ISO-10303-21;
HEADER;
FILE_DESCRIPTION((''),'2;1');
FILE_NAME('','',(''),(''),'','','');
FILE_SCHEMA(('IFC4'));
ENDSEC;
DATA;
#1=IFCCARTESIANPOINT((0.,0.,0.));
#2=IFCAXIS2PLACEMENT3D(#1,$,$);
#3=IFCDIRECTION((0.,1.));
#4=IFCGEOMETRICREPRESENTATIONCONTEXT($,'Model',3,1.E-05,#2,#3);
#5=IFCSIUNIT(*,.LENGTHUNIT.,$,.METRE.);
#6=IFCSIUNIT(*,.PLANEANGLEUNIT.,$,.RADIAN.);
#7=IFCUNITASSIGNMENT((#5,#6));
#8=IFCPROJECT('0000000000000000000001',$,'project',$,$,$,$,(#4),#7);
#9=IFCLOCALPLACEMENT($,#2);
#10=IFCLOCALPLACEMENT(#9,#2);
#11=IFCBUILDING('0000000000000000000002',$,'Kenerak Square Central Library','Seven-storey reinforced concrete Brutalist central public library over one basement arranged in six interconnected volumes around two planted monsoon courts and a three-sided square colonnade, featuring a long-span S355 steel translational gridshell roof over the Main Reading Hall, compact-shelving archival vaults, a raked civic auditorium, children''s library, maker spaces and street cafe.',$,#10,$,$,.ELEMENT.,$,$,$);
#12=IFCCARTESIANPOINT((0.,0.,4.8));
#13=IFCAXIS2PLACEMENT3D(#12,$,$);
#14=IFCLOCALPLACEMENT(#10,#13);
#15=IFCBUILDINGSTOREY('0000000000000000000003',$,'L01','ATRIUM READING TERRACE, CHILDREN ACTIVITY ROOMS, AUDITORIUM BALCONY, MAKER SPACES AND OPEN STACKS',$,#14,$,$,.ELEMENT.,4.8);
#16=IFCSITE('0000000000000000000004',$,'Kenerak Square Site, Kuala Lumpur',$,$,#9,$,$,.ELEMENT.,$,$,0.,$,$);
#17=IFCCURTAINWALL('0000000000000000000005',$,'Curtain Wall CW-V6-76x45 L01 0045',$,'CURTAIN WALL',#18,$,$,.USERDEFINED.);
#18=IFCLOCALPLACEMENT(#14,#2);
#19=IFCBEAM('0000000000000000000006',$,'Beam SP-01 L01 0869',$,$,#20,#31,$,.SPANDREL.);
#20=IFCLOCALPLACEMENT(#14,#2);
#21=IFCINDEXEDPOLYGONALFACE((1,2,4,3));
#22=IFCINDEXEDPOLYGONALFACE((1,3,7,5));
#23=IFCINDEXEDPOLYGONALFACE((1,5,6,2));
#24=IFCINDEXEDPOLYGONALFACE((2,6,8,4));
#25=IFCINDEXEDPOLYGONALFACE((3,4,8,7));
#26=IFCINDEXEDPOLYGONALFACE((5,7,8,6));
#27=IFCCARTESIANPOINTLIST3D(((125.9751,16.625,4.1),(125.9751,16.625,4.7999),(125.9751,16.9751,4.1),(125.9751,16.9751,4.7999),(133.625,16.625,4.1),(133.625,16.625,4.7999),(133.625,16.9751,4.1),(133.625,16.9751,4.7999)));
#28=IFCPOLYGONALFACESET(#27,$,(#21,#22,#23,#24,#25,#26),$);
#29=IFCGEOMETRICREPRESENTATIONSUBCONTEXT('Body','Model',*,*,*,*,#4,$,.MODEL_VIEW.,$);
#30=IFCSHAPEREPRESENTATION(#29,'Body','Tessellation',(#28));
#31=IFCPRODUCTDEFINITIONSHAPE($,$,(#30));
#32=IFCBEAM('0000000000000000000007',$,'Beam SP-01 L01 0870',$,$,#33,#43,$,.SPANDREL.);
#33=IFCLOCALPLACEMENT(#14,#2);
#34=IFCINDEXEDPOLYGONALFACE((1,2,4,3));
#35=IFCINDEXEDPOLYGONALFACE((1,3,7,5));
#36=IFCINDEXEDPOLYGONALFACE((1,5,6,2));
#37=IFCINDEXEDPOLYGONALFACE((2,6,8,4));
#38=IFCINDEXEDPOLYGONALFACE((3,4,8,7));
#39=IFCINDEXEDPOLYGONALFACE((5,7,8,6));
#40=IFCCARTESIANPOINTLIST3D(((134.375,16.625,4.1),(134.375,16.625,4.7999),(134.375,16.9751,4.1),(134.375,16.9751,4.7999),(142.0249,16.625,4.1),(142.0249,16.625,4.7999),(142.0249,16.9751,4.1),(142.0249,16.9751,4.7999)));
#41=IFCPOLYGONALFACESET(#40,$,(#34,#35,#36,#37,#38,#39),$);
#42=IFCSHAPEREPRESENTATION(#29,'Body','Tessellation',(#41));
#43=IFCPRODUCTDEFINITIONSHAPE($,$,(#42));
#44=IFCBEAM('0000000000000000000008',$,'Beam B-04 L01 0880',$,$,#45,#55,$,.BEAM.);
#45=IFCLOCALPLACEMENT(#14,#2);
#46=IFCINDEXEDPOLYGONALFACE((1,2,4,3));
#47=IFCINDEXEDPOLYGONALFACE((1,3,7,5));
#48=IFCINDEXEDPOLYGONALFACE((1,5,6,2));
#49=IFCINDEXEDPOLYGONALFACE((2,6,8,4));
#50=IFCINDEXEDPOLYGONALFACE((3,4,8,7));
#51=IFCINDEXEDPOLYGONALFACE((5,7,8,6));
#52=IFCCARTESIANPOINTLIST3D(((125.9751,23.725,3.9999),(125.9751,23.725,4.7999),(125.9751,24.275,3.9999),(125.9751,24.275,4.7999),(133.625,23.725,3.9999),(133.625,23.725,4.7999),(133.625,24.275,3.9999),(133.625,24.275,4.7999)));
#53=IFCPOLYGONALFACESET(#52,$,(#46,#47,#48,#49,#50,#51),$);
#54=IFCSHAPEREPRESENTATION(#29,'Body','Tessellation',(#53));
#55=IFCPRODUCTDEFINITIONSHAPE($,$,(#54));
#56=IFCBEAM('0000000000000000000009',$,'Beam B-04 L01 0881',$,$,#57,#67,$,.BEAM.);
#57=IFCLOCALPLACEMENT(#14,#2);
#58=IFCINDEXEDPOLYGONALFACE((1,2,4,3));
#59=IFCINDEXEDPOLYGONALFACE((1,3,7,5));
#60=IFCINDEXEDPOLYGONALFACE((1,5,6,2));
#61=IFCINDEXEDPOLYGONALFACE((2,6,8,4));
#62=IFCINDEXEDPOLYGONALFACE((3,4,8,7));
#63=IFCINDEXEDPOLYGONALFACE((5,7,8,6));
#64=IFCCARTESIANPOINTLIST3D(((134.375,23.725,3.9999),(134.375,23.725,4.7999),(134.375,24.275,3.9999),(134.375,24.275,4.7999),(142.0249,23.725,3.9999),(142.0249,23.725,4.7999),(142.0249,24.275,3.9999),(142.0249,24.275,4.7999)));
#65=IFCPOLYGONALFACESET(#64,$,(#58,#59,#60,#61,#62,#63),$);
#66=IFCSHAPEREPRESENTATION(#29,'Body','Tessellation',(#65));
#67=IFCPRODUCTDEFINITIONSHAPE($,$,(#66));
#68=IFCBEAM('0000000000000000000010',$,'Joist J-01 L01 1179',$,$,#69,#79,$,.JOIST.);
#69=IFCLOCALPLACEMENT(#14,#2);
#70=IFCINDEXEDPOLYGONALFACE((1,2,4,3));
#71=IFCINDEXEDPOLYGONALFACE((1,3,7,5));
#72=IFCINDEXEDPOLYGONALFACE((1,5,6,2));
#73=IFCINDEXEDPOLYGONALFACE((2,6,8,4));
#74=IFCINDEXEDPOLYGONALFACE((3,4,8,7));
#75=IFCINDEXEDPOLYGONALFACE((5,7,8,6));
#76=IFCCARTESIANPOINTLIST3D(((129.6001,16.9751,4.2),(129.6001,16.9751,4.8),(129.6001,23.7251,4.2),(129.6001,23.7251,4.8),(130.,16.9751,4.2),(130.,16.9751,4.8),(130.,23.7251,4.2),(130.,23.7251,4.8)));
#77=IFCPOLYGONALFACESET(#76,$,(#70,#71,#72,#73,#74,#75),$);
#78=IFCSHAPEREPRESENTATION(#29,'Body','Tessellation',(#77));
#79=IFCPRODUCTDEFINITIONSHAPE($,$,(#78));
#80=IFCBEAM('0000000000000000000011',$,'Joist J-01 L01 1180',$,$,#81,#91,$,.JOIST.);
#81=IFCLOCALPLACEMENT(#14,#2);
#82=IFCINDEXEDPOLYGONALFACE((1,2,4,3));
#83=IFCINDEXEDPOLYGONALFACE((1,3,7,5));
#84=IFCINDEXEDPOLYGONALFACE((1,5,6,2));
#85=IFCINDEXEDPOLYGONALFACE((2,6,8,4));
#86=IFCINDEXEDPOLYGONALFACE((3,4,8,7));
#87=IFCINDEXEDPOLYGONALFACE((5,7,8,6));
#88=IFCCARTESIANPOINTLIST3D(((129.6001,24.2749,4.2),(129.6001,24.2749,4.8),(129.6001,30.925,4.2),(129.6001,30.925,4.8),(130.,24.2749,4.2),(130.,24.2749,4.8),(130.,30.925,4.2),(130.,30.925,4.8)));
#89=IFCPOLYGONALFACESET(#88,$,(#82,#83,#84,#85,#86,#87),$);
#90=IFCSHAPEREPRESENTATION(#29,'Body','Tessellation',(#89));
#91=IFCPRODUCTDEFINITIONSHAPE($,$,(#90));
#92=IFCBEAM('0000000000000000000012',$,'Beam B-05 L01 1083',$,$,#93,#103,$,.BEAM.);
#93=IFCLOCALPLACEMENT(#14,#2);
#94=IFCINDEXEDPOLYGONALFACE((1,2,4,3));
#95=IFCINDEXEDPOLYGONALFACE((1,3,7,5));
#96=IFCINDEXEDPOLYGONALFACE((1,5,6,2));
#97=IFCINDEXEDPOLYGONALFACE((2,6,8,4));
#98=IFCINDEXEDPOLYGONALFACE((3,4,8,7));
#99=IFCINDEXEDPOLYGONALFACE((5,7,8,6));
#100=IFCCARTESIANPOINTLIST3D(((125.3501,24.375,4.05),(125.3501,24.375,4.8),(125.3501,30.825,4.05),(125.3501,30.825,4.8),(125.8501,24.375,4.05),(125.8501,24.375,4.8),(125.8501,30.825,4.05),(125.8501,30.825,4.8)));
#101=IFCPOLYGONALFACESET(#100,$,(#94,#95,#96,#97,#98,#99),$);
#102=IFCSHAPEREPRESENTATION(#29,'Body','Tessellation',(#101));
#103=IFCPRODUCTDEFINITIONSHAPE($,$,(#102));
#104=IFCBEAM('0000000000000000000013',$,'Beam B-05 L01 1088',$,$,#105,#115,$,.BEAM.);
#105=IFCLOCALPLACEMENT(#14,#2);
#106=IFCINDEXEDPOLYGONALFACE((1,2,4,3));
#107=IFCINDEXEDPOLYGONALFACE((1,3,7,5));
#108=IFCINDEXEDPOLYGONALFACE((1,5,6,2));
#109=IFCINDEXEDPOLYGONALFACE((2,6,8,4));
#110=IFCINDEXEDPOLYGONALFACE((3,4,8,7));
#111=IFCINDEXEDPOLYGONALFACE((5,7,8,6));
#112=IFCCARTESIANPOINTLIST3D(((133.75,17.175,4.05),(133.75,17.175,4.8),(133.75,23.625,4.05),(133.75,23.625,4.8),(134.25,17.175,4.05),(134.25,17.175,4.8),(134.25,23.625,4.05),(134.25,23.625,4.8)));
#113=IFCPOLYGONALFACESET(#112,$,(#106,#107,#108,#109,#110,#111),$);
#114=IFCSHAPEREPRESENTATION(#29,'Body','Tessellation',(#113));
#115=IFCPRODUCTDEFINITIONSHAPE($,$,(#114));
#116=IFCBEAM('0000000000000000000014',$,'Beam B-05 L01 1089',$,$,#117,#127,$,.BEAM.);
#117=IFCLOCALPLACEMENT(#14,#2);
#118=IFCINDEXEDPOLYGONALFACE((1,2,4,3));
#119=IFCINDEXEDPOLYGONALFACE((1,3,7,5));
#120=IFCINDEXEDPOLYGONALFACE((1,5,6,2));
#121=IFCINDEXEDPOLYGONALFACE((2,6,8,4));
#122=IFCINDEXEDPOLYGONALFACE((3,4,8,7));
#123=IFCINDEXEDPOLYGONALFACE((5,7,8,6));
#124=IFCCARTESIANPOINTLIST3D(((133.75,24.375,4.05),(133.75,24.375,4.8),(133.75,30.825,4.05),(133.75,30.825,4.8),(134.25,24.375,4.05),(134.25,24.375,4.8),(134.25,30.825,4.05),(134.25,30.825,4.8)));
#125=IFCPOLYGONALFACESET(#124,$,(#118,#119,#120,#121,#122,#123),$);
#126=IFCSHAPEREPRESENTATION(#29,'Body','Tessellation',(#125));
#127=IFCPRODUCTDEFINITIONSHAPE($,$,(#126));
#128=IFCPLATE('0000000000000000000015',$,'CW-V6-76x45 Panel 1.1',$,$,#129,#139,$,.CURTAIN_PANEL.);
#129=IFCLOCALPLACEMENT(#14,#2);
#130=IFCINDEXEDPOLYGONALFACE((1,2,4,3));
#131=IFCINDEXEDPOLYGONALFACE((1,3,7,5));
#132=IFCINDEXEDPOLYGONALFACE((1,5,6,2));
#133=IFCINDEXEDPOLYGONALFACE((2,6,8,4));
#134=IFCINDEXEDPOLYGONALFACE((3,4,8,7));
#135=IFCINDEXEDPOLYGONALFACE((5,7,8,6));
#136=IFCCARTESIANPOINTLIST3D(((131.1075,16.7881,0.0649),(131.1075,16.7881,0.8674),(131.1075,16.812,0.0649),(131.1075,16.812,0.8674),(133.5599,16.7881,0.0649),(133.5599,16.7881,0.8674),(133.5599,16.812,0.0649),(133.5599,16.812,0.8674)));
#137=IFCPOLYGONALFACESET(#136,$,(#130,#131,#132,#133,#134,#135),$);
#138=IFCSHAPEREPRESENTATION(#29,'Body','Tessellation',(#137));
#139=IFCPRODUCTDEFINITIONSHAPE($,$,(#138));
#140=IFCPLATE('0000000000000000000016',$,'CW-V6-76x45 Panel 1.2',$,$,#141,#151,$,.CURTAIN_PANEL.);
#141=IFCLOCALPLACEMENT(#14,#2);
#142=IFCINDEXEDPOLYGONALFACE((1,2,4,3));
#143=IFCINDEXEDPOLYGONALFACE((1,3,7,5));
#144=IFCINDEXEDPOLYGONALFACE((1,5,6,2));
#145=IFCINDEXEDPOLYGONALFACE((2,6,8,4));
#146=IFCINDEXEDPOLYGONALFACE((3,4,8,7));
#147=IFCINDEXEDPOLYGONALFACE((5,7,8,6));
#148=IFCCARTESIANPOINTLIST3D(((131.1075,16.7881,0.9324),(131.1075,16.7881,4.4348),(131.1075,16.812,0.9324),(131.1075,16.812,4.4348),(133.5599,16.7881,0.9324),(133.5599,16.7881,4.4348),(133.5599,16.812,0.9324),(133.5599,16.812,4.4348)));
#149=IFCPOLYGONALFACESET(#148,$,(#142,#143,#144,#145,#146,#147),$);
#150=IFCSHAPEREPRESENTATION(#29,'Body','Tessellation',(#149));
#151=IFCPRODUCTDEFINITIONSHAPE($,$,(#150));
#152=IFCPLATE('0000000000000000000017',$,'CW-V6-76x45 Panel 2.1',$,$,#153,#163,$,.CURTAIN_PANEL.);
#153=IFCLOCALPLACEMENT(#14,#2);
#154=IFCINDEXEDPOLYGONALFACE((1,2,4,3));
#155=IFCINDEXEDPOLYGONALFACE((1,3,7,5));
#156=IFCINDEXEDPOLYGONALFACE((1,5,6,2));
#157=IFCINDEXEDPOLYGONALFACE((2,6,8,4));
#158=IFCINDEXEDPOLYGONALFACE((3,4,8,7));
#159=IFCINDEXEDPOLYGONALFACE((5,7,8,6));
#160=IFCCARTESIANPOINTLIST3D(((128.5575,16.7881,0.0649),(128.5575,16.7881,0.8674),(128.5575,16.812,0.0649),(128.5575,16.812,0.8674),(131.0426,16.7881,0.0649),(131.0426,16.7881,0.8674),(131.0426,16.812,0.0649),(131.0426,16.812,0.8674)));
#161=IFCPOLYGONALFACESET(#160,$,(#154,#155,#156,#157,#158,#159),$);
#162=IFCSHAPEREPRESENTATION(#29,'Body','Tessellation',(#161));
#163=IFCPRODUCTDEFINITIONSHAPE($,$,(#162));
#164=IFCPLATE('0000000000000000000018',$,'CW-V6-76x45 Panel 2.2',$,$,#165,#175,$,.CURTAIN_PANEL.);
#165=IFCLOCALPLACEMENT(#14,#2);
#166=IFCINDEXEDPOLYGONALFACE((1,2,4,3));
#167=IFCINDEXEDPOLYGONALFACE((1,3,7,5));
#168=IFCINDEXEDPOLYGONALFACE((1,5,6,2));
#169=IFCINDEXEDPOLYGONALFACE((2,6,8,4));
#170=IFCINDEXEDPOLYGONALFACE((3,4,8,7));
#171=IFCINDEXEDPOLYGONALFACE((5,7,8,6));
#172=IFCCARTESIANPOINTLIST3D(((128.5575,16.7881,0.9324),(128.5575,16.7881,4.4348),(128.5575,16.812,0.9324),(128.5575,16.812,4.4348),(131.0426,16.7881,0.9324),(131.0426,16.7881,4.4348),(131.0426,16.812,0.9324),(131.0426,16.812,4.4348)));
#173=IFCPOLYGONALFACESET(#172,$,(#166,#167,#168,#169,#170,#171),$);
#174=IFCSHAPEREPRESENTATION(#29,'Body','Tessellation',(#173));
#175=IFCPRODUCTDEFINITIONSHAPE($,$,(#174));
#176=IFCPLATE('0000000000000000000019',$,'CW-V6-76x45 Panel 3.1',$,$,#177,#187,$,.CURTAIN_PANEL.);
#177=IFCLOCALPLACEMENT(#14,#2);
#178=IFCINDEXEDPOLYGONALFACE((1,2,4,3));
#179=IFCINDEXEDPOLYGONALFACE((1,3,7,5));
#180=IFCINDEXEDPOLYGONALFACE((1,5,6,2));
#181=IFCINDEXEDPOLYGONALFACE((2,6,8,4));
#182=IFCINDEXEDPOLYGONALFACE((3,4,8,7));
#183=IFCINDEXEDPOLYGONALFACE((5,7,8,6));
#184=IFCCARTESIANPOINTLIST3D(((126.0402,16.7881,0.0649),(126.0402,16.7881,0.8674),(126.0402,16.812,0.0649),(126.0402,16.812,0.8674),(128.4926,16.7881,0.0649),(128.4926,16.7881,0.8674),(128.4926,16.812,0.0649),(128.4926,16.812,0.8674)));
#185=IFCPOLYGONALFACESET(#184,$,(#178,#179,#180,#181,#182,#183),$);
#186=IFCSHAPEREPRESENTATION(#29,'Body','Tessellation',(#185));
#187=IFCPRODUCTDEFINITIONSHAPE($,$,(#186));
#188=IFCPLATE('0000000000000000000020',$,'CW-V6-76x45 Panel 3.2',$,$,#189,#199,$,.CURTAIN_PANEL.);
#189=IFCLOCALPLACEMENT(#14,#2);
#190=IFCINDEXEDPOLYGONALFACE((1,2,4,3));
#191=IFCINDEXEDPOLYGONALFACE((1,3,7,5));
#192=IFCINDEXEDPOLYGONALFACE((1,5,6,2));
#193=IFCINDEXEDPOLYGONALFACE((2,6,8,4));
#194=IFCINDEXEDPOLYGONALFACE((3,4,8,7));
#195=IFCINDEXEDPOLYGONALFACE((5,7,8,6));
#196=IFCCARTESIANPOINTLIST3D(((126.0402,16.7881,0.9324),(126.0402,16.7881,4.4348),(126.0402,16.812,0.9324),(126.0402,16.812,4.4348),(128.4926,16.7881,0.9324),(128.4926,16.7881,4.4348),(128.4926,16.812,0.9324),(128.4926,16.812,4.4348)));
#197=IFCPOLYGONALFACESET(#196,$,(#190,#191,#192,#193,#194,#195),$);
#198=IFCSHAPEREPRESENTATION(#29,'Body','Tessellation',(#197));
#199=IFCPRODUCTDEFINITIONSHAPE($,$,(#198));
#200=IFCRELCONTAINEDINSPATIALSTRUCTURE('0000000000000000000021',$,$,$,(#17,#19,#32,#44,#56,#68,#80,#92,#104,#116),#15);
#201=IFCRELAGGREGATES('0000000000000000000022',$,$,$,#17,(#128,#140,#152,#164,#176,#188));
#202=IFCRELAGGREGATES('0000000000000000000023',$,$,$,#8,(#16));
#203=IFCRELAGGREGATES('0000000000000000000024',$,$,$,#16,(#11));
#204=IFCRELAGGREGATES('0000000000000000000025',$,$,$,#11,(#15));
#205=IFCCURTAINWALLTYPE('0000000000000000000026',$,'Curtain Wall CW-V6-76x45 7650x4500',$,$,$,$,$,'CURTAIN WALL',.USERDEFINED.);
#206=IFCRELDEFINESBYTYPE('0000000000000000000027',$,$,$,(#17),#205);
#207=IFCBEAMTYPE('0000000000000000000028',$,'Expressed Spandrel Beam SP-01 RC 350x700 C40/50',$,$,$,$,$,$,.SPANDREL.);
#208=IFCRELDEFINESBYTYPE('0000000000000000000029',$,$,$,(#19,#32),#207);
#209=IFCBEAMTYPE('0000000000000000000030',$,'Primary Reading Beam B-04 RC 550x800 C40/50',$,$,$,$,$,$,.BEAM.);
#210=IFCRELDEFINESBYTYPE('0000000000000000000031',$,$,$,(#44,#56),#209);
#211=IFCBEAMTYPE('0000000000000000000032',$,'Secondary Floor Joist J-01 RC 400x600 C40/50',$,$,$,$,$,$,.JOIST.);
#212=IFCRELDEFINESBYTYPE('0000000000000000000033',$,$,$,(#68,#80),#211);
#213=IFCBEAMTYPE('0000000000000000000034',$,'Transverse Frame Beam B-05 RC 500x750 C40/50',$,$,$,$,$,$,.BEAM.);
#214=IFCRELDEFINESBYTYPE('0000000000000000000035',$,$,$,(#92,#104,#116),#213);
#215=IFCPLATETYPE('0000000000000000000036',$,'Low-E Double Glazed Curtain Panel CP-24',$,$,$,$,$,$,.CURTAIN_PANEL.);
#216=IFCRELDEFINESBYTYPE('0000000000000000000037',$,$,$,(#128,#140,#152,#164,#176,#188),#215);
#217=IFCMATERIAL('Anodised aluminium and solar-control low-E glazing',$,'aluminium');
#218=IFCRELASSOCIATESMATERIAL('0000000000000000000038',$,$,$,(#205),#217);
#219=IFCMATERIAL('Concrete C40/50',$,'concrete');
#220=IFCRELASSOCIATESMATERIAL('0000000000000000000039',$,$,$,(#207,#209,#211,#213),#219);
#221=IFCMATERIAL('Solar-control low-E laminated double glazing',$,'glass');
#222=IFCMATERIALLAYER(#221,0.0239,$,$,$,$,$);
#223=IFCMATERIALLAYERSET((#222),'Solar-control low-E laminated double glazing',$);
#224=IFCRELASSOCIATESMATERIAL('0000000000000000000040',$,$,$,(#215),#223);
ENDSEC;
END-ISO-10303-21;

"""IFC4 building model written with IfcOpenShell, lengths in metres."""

from ifc_helpers import new_model, si_unit, direction, frame, origin, origin_2d, place, context, subcontext, project, spatial, rectangle, extrude, material, layer, layer_set, material_profile, profile_set, type_object, element, aggregate, save


model = new_model("IFC4")

# Units and contexts
model_context = context("Model", 3, precision=1e-05, world=origin(), true_north=direction((0.0, 1.0)))
body_context = subcontext(model_context, "Body", "Model", "MODEL_VIEW")
ifc_project = project(units=[si_unit("LENGTHUNIT", "METRE"), si_unit("PLANEANGLEUNIT", "RADIAN")], contexts=[model_context])

# Site, building, storey
site_placement = place(None, origin())
site = spatial("IfcSite", under=ifc_project, at=site_placement, Name="Kenerak Square Site, Kuala Lumpur", CompositionType="ELEMENT", RefElevation=0.0)
building_placement = place(site_placement, origin())
building = spatial("IfcBuilding", under=site, at=building_placement, Name="Kenerak Square Central Library", Description="Seven-storey reinforced concrete Brutalist central public library over one basement arranged in six interconnected volumes around two planted monsoon courts and a three-sided square colonnade, featuring a long-span S355 steel translational gridshell roof over the Main Reading Hall, compact-shelving archival vaults, a raked civic auditorium, children's library, maker spaces and street cafe.", CompositionType="ELEMENT")
storey_placement = place(building_placement, frame((0.0, 0.0, 4.8)))
storey = spatial("IfcBuildingStorey", under=building, at=storey_placement, Name="L01", Description="ATRIUM READING TERRACE, CHILDREN ACTIVITY ROOMS, AUDITORIUM BALCONY, MAKER SPACES AND OPEN STACKS", CompositionType="ELEMENT", Elevation=4.8)

# Shared definitions
ifc_material_1 = material(Name="Concrete C40/50", Category="concrete")

# Curtain wall
ifc_material_2 = material(Name="Anodised aluminium and solar-control low-E glazing", Category="aluminium")
curtain_wall_type = type_object("IfcCurtainWallType", Name="Curtain Wall CW-V6-76x45 7650x4500", ElementType="CURTAIN WALL", PredefinedType="USERDEFINED", material=ifc_material_2)
curtain_wall_placement = place(storey_placement, origin())
curtain_wall = element("IfcCurtainWall", 1, at=curtain_wall_placement, inside=storey, type_object=curtain_wall_type, Name="Curtain Wall CW-V6-76x45 L01 0045", ObjectType="CURTAIN WALL", PredefinedType="USERDEFINED")

# Beams
ifc_material_profile_1 = material_profile(ifc_material_1, rectangle(XDim=0.3501, YDim=0.7, at=origin_2d()), Name="RC 350x700")
ifc_profile_set_1 = profile_set([ifc_material_profile_1], Name="Concrete C40/50")
beam_type_1 = type_object("IfcBeamType", Name="Expressed Spandrel Beam SP-01 RC 350x700 C40/50", PredefinedType="SPANDREL", material=ifc_profile_set_1)
for number, where, z_axis, x_axis, name in (
    (2, (125.9751, 16.8, 4.45), (1.0, 0.0, 0.0), (0.0, 1.0, 0.0), "Beam SP-01 L01 0869"),
    (3, (134.375, 16.8, 4.45), (1.0, 0.0, 0.0), (0.0, 1.0, 0.0), "Beam SP-01 L01 0870"),
):
    element("IfcBeam", number, at=place(storey_placement, frame(where, z_axis=z_axis, x_axis=x_axis)), inside=storey, type_object=beam_type_1, Name=name, PredefinedType="SPANDREL", context=body_context, shape_type="SweptSolid", body=[
        extrude(rectangle(XDim=0.3501, YDim=0.7, at=origin_2d()), origin(), (0.0, 0.0, 1.0), 7.6499),
    ])
ifc_material_profile_2 = material_profile(ifc_material_1, rectangle(XDim=0.55, YDim=0.8, at=origin_2d()), Name="RC 550x800")
ifc_profile_set_2 = profile_set([ifc_material_profile_2], Name="Concrete C40/50")
beam_type_2 = type_object("IfcBeamType", Name="Primary Reading Beam B-04 RC 550x800 C40/50", PredefinedType="BEAM", material=ifc_profile_set_2)
for number, where, z_axis, x_axis, name in (
    (4, (125.9751, 24.0, 4.3999), (1.0, 0.0, 0.0), (0.0, 1.0, 0.0), "Beam B-04 L01 0880"),
    (5, (134.375, 24.0, 4.3999), (1.0, 0.0, 0.0), (0.0, 1.0, 0.0), "Beam B-04 L01 0881"),
):
    element("IfcBeam", number, at=place(storey_placement, frame(where, z_axis=z_axis, x_axis=x_axis)), inside=storey, type_object=beam_type_2, Name=name, PredefinedType="BEAM", context=body_context, shape_type="SweptSolid", body=[
        extrude(rectangle(XDim=0.55, YDim=0.8, at=origin_2d()), origin(), (0.0, 0.0, 1.0), 7.6499),
    ])
ifc_material_profile_3 = material_profile(ifc_material_1, rectangle(XDim=0.3999, YDim=0.6001, at=origin_2d()), Name="RC 400x600")
ifc_profile_set_3 = profile_set([ifc_material_profile_3], Name="Concrete C40/50")
beam_type_3 = type_object("IfcBeamType", Name="Secondary Floor Joist J-01 RC 400x600 C40/50", PredefinedType="JOIST", material=ifc_profile_set_3)
beam_1_placement = place(storey_placement, frame((129.8, 16.9751, 4.5), z_axis=(0.0, 1.0, 0.0), x_axis=(-1.0, 0.0, 0.0)))
element("IfcBeam", 6, at=beam_1_placement, inside=storey, type_object=beam_type_3, Name="Joist J-01 L01 1179", PredefinedType="JOIST", context=body_context, shape_type="SweptSolid", body=[
    extrude(rectangle(XDim=0.3999, YDim=0.6001, at=origin_2d()), origin(), (0.0, 0.0, 1.0), 6.75),
])
beam_2_placement = place(storey_placement, frame((129.8, 24.2749, 4.5), z_axis=(0.0, 1.0, 0.0), x_axis=(-1.0, 0.0, 0.0)))
element("IfcBeam", 7, at=beam_2_placement, inside=storey, type_object=beam_type_3, Name="Joist J-01 L01 1180", PredefinedType="JOIST", context=body_context, shape_type="SweptSolid", body=[
    extrude(rectangle(XDim=0.3999, YDim=0.6001, at=origin_2d()), origin(), (0.0, 0.0, 1.0), 6.6501),
])
ifc_material_profile_4 = material_profile(ifc_material_1, rectangle(XDim=0.5, YDim=0.75, at=origin_2d()), Name="RC 500x750")
ifc_profile_set_4 = profile_set([ifc_material_profile_4], Name="Concrete C40/50")
beam_type_4 = type_object("IfcBeamType", Name="Transverse Frame Beam B-05 RC 500x750 C40/50", PredefinedType="BEAM", material=ifc_profile_set_4)
for number, where, z_axis, x_axis, name in (
    (8, (125.6001, 24.375, 4.425), (0.0, 1.0, 0.0), (-1.0, 0.0, 0.0), "Beam B-05 L01 1083"),
    (9, (134.0, 17.175, 4.425), (0.0, 1.0, 0.0), (-1.0, 0.0, 0.0), "Beam B-05 L01 1088"),
    (10, (134.0, 24.375, 4.425), (0.0, 1.0, 0.0), (-1.0, 0.0, 0.0), "Beam B-05 L01 1089"),
):
    element("IfcBeam", number, at=place(storey_placement, frame(where, z_axis=z_axis, x_axis=x_axis)), inside=storey, type_object=beam_type_4, Name=name, PredefinedType="BEAM", context=body_context, shape_type="SweptSolid", body=[
        extrude(rectangle(XDim=0.5, YDim=0.75, at=origin_2d()), origin(), (0.0, 0.0, 1.0), 6.45),
    ])

# Plates
ifc_material_3 = material(Name="Solar-control low-E laminated double glazing", Category="glass")
ifc_layer = layer(ifc_material_3, 0.0239)
ifc_layer_set = layer_set([ifc_layer], Name="Solar-control low-E laminated double glazing")
plate_type = type_object("IfcPlateType", Name="Low-E Double Glazed Curtain Panel CP-24", PredefinedType="CURTAIN_PANEL", material=ifc_layer_set)
plate_1_placement = place(storey_placement, frame((132.3337, 16.8, 0.0649), z_axis=(0.0, 0.0, 1.0), x_axis=(-1.0, 0.0, 0.0)))
plate_1 = element("IfcPlate", 11, at=plate_1_placement, type_object=plate_type, Name="CW-V6-76x45 Panel 1.1", PredefinedType="CURTAIN_PANEL", context=body_context, shape_type="SweptSolid", body=[
    extrude(rectangle(XDim=2.4524, YDim=0.0239, at=origin_2d()), origin(), (0.0, 0.0, 1.0), 0.8025),
])
plate_2_placement = place(storey_placement, frame((132.3337, 16.8, 0.9324), z_axis=(0.0, 0.0, 1.0), x_axis=(-1.0, 0.0, 0.0)))
plate_2 = element("IfcPlate", 12, at=plate_2_placement, type_object=plate_type, Name="CW-V6-76x45 Panel 1.2", PredefinedType="CURTAIN_PANEL", context=body_context, shape_type="SweptSolid", body=[
    extrude(rectangle(XDim=2.4524, YDim=0.0239, at=origin_2d()), origin(), (0.0, 0.0, 1.0), 3.5024),
])
plate_3_placement = place(storey_placement, frame((129.8, 16.8, 0.0649), z_axis=(0.0, 0.0, 1.0), x_axis=(-1.0, 0.0, 0.0)))
plate_3 = element("IfcPlate", 13, at=plate_3_placement, type_object=plate_type, Name="CW-V6-76x45 Panel 2.1", PredefinedType="CURTAIN_PANEL", context=body_context, shape_type="SweptSolid", body=[
    extrude(rectangle(XDim=2.4851, YDim=0.0239, at=origin_2d()), origin(), (0.0, 0.0, 1.0), 0.8025),
])
plate_4_placement = place(storey_placement, frame((129.8, 16.8, 0.9324), z_axis=(0.0, 0.0, 1.0), x_axis=(-1.0, 0.0, 0.0)))
plate_4 = element("IfcPlate", 14, at=plate_4_placement, type_object=plate_type, Name="CW-V6-76x45 Panel 2.2", PredefinedType="CURTAIN_PANEL", context=body_context, shape_type="SweptSolid", body=[
    extrude(rectangle(XDim=2.4851, YDim=0.0239, at=origin_2d()), origin(), (0.0, 0.0, 1.0), 3.5024),
])
plate_5_placement = place(storey_placement, frame((127.2664, 16.8, 0.0649), z_axis=(0.0, 0.0, 1.0), x_axis=(-1.0, 0.0, 0.0)))
plate_5 = element("IfcPlate", 15, at=plate_5_placement, type_object=plate_type, Name="CW-V6-76x45 Panel 3.1", PredefinedType="CURTAIN_PANEL", context=body_context, shape_type="SweptSolid", body=[
    extrude(rectangle(XDim=2.4524, YDim=0.0239, at=origin_2d()), origin(), (0.0, 0.0, 1.0), 0.8025),
])
plate_6_placement = place(storey_placement, frame((127.2664, 16.8, 0.9324), z_axis=(0.0, 0.0, 1.0), x_axis=(-1.0, 0.0, 0.0)))
plate_6 = element("IfcPlate", 16, at=plate_6_placement, type_object=plate_type, Name="CW-V6-76x45 Panel 3.2", PredefinedType="CURTAIN_PANEL", context=body_context, shape_type="SweptSolid", body=[
    extrude(rectangle(XDim=2.4524, YDim=0.0239, at=origin_2d()), origin(), (0.0, 0.0, 1.0), 3.5024),
])
aggregate(curtain_wall, [plate_1, plate_2, plate_3, plate_4, plate_5, plate_6])

save(model, "model.ifc")
